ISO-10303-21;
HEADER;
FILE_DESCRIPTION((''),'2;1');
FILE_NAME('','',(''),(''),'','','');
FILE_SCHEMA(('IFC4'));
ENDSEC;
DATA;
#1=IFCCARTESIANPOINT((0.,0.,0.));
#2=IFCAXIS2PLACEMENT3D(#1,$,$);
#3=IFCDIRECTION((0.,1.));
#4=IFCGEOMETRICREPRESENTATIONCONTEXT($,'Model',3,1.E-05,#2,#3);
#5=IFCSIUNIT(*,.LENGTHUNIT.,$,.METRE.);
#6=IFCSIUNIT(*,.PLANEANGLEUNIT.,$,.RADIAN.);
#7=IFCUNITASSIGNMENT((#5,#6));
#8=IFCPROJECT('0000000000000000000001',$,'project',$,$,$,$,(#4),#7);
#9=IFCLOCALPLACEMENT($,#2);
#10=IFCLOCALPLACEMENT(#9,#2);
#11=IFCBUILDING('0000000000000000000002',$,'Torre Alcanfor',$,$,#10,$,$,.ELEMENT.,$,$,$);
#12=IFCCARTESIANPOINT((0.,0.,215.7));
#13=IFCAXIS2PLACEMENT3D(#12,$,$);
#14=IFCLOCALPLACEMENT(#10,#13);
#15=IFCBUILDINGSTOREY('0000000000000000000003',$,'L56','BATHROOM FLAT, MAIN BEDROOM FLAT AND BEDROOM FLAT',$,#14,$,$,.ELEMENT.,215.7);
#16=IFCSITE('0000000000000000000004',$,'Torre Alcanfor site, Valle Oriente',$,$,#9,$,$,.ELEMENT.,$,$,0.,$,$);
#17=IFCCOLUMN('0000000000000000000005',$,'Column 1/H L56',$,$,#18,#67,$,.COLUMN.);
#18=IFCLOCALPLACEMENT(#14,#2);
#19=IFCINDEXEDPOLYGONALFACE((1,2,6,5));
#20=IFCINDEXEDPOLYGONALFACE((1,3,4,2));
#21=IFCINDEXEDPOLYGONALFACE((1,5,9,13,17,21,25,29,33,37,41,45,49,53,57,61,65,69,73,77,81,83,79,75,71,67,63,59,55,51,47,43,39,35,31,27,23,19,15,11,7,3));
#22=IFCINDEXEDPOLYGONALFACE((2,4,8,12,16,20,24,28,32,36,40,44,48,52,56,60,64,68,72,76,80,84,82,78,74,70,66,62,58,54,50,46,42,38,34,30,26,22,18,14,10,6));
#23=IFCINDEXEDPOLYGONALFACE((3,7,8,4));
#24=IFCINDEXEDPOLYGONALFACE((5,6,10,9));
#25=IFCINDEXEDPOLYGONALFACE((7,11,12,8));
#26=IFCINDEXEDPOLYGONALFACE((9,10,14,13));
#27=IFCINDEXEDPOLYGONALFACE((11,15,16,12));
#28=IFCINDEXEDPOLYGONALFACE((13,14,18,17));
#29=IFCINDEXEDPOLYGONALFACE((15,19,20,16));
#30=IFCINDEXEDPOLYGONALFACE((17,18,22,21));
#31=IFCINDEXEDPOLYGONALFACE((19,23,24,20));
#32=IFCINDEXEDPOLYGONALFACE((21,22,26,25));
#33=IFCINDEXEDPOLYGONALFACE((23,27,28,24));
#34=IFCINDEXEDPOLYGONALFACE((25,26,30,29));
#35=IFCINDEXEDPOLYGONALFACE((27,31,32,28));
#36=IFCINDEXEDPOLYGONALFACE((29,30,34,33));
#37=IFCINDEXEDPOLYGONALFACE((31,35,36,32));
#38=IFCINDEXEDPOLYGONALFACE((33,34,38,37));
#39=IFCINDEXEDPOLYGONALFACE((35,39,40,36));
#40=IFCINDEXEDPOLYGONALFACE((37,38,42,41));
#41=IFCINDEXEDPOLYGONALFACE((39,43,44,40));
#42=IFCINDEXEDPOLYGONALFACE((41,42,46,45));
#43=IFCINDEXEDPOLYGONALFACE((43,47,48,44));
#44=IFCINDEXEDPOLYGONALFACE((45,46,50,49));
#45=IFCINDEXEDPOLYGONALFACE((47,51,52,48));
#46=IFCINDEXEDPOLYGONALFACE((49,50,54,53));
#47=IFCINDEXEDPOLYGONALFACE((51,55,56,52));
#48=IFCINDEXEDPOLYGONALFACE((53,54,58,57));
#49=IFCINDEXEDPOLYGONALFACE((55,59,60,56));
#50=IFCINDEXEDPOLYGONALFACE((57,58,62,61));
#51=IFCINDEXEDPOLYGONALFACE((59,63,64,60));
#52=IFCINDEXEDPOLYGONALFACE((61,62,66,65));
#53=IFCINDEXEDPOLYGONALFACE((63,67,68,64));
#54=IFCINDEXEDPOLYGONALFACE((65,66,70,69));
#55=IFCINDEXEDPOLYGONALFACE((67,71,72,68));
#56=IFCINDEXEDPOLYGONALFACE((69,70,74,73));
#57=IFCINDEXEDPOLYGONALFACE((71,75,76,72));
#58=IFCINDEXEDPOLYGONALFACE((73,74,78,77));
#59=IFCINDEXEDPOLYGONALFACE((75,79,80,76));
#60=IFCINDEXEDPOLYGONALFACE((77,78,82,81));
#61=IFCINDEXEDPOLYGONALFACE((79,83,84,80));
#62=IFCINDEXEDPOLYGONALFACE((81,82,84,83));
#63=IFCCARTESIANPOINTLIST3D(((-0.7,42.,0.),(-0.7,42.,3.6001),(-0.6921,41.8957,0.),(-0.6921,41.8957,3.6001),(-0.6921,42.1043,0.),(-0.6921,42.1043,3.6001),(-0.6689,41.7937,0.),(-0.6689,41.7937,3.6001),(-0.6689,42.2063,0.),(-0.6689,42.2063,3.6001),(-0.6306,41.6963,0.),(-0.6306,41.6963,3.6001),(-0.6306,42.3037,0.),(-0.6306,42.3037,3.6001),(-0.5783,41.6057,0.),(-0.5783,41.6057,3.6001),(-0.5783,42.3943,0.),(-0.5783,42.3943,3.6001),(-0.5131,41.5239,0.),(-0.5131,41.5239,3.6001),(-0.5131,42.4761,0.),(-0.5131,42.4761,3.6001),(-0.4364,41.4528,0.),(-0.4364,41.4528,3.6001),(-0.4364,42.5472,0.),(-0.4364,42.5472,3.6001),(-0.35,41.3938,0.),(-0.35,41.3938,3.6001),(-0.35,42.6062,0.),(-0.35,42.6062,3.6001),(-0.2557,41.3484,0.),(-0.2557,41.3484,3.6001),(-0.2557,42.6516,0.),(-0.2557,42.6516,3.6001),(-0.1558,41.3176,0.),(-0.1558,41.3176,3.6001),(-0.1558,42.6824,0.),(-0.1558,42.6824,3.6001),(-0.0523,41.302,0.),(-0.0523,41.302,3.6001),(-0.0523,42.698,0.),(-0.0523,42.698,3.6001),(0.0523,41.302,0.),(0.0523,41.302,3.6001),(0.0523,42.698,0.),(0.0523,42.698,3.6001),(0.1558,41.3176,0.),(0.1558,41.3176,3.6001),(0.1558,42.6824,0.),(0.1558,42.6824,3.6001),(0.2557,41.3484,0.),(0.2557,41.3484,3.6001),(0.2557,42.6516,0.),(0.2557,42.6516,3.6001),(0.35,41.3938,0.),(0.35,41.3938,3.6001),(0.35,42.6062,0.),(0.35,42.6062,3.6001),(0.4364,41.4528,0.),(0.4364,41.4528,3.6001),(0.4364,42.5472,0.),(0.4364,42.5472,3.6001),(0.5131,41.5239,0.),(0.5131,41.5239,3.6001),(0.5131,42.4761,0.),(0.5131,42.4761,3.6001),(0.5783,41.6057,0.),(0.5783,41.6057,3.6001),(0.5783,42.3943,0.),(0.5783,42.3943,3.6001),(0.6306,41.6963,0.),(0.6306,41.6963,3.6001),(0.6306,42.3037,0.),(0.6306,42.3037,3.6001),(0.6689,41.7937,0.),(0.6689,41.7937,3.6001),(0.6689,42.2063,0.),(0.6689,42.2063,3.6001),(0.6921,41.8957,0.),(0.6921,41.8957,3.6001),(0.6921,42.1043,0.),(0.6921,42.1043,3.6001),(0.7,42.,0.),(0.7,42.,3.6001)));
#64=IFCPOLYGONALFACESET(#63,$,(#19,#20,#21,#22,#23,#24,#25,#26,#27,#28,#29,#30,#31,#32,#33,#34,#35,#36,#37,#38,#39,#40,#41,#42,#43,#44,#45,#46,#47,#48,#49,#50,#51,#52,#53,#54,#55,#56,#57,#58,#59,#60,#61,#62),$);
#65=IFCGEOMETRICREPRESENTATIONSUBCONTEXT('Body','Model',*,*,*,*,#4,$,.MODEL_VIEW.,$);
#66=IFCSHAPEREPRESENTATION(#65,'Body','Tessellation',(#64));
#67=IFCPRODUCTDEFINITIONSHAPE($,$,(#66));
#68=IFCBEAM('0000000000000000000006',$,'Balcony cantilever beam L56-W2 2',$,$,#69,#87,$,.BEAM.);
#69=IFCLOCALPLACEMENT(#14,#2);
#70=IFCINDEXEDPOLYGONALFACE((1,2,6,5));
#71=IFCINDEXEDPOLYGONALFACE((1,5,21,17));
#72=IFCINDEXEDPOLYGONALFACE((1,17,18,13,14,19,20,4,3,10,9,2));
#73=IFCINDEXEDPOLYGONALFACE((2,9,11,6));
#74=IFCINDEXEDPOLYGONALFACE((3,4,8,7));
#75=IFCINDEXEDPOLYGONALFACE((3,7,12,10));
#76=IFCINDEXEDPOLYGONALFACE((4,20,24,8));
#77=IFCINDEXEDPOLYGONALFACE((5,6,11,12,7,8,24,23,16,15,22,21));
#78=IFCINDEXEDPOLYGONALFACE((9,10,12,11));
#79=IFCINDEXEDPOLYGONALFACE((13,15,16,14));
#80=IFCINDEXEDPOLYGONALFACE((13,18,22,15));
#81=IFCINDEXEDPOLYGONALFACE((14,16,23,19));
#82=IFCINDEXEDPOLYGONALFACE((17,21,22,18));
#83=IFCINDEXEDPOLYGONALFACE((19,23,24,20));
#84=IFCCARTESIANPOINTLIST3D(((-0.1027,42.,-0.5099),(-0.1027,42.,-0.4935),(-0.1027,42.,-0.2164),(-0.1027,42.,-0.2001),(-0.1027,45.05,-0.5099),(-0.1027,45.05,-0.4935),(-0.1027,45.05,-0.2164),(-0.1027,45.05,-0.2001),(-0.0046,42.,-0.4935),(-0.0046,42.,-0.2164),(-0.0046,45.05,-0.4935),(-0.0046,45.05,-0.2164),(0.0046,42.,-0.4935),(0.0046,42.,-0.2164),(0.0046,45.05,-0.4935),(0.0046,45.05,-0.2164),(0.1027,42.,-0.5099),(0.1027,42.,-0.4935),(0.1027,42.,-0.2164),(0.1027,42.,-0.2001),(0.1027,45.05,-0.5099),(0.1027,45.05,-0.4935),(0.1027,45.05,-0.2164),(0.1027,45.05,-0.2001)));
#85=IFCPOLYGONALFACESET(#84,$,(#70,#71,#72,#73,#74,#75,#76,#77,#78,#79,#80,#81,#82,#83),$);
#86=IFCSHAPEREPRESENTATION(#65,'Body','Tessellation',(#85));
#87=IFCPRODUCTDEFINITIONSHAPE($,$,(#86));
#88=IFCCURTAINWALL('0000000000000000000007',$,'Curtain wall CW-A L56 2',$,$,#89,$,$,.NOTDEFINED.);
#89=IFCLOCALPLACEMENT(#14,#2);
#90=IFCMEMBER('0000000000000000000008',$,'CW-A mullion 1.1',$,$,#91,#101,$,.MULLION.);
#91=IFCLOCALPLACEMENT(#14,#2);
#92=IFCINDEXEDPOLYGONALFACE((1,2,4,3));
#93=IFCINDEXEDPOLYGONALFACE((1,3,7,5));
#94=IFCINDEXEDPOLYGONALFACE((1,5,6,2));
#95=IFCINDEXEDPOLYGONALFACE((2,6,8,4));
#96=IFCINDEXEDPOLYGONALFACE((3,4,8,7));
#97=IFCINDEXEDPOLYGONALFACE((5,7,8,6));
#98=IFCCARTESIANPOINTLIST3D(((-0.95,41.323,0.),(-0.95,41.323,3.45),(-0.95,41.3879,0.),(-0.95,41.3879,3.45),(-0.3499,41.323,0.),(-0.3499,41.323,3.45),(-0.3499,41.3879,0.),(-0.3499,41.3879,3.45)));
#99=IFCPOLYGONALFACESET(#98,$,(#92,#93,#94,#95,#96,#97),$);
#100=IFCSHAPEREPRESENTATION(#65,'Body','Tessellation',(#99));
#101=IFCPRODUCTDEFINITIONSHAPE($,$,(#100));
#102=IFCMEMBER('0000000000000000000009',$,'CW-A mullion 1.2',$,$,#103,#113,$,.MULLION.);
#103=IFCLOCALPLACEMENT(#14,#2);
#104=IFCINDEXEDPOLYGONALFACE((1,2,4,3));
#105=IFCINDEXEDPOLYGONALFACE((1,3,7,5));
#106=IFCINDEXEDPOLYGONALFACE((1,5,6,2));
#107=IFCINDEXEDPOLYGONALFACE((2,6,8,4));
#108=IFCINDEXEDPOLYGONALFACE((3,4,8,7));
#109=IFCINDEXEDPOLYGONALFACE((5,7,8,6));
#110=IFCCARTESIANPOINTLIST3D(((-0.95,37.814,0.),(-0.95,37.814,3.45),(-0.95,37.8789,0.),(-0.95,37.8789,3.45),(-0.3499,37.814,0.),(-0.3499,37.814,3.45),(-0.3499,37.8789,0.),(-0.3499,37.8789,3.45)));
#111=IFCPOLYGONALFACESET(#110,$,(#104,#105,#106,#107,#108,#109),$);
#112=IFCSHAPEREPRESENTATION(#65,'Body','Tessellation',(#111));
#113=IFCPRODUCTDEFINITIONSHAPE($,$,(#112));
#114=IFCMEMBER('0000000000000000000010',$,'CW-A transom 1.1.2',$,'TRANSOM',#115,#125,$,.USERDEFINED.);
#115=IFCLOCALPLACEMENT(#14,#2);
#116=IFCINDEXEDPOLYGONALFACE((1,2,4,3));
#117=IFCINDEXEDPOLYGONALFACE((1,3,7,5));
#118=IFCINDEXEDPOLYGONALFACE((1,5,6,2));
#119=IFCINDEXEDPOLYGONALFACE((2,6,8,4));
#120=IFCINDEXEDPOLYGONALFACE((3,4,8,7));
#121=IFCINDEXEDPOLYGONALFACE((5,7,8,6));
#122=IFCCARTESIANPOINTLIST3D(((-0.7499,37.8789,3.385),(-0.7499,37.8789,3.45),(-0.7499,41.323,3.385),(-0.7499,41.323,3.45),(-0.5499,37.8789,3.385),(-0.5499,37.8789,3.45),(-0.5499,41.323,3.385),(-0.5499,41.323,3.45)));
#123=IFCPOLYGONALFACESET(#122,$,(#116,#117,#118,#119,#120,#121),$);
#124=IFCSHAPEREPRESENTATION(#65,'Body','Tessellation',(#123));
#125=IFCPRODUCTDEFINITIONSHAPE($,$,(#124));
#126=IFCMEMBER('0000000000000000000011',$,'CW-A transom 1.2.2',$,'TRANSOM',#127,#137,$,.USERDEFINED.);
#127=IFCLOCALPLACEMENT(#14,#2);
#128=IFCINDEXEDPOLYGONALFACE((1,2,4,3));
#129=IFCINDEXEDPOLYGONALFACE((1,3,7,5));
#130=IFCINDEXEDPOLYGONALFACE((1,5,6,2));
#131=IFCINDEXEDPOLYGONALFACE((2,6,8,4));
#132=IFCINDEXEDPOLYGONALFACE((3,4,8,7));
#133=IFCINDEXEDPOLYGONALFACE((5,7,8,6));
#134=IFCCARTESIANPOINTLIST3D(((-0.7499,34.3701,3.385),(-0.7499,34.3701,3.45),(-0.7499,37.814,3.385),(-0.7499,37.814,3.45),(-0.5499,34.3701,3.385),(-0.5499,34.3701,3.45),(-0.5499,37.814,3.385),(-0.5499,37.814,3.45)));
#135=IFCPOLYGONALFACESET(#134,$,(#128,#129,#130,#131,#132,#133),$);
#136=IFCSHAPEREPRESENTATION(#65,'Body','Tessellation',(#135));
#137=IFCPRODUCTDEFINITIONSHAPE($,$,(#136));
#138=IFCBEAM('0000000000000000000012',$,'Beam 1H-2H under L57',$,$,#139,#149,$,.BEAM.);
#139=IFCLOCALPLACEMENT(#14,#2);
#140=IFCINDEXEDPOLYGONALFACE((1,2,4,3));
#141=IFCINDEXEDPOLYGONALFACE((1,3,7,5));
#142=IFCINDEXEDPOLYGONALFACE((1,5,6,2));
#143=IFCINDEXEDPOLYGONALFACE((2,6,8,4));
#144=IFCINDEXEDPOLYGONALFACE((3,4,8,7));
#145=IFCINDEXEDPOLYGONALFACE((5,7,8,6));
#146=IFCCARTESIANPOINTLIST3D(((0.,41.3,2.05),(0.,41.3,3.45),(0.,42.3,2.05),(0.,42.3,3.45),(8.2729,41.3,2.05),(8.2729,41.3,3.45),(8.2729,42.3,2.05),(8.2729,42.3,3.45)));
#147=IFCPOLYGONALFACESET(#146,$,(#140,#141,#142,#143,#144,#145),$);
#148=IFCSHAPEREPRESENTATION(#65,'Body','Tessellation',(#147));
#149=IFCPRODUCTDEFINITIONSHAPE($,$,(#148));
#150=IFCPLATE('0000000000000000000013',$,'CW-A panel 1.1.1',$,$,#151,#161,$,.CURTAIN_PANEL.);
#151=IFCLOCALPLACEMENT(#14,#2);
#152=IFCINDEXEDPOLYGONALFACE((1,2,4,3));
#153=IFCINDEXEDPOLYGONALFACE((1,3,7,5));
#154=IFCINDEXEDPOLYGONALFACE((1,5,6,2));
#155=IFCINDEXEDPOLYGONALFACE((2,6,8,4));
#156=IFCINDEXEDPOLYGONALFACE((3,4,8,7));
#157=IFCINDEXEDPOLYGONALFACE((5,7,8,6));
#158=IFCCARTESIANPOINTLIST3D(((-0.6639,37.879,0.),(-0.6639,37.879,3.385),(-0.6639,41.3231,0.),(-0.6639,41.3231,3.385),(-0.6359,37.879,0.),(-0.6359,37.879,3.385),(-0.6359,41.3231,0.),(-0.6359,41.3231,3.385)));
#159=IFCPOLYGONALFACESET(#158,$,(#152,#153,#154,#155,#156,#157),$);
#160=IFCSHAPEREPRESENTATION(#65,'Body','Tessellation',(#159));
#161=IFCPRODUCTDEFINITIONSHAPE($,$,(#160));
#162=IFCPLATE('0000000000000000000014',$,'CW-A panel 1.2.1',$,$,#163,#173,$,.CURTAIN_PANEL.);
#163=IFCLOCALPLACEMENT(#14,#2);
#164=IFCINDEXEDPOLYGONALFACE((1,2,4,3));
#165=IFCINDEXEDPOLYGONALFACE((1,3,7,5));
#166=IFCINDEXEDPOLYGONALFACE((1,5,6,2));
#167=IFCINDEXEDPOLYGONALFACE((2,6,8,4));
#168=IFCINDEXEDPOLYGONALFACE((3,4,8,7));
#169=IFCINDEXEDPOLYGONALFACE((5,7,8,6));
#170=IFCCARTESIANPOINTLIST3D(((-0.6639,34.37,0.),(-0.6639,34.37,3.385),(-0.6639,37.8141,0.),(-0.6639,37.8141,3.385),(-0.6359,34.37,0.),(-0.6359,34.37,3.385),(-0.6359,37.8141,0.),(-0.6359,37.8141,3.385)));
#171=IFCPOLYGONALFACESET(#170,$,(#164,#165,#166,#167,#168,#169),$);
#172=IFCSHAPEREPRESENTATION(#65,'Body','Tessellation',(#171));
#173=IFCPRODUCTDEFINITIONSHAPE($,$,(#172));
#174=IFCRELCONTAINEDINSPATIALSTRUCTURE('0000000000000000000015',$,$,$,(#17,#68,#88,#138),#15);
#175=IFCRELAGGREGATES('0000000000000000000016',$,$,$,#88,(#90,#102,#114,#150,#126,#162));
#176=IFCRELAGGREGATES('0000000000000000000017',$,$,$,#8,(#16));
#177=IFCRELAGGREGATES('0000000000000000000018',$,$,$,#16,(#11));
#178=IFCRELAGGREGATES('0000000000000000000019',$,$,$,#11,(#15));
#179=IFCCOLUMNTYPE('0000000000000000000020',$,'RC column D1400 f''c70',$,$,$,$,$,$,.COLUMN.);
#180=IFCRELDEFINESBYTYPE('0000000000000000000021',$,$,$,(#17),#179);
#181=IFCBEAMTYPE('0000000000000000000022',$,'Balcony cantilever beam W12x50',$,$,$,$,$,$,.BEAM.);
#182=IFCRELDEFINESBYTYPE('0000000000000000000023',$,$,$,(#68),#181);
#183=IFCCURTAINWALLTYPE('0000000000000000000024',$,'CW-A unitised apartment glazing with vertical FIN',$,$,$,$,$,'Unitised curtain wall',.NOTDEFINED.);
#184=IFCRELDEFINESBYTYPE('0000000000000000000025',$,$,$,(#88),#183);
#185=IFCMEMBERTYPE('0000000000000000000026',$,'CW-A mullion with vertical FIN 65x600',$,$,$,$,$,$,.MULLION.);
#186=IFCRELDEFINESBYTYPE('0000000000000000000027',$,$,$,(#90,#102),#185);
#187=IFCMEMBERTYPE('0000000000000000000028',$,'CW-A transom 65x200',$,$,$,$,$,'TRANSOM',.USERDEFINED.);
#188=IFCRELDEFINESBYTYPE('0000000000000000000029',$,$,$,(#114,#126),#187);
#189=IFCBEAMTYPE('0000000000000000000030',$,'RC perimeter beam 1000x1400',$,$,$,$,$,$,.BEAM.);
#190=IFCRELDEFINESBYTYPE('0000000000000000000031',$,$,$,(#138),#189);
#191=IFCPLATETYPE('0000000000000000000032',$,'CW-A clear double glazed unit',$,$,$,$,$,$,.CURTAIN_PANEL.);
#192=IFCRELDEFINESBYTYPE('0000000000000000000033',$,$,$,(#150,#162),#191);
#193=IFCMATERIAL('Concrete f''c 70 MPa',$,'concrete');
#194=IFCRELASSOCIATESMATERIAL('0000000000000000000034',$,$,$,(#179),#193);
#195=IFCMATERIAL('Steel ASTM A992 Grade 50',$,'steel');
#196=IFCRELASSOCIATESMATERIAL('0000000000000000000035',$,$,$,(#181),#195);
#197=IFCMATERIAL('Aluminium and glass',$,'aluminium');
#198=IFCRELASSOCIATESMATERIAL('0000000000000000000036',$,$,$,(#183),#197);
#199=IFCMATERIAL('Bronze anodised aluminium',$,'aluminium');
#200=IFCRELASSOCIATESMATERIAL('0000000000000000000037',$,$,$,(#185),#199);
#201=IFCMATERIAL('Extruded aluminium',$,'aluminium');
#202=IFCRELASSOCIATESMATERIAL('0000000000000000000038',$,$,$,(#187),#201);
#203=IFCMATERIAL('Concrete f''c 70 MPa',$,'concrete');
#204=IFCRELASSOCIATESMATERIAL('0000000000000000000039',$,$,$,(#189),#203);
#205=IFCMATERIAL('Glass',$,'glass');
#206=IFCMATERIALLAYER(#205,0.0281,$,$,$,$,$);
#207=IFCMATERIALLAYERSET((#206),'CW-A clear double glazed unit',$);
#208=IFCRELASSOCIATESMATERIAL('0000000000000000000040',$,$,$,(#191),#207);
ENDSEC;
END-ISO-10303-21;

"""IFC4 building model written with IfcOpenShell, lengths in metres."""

from ifc_helpers import new_model, si_unit, direction, frame, origin, origin_2d, place, context, subcontext, project, spatial, rectangle, circle, i_section, extrude, material, layer, layer_set, material_profile, profile_set, type_object, element, aggregate, save


model = new_model("IFC4")

# Units and contexts
model_context = context("Model", 3, precision=1e-05, world=origin(), true_north=direction((0.0, 1.0)))
body_context = subcontext(model_context, "Body", "Model", "MODEL_VIEW")
ifc_project = project(units=[si_unit("LENGTHUNIT", "METRE"), si_unit("PLANEANGLEUNIT", "RADIAN")], contexts=[model_context])

# Site, building, storey
site_placement = place(None, origin())
site = spatial("IfcSite", under=ifc_project, at=site_placement, Name="Torre Alcanfor site, Valle Oriente", CompositionType="ELEMENT", RefElevation=0.0)
building_placement = place(site_placement, origin())
building = spatial("IfcBuilding", under=site, at=building_placement, Name="Torre Alcanfor", CompositionType="ELEMENT")
storey_placement = place(building_placement, frame((0.0, 0.0, 215.7)))
storey = spatial("IfcBuildingStorey", under=building, at=storey_placement, Name="L56", Description="BATHROOM FLAT, MAIN BEDROOM FLAT AND BEDROOM FLAT", CompositionType="ELEMENT", Elevation=215.7)

# Column
ifc_material_1 = material(Name="Concrete f'c 70 MPa", Category="concrete")
ifc_material_profile_1 = material_profile(ifc_material_1, circle(Radius=0.7, at=origin_2d()), Name="D1400")
ifc_profile_set_1 = profile_set([ifc_material_profile_1], Name="Concrete f'c 70 MPa")
column_type = type_object("IfcColumnType", Name="RC column D1400 f'c70", PredefinedType="COLUMN", material=ifc_profile_set_1)
column_placement = place(storey_placement, frame((0.0, 42.0, 0.0), z_axis=(0.0, 0.0, 1.0), x_axis=(1.0, 0.0, 0.0)))
element("IfcColumn", 1, at=column_placement, inside=storey, type_object=column_type, Name="Column 1/H L56", PredefinedType="COLUMN", context=body_context, shape_type="SweptSolid", body=[
    extrude(circle(Radius=0.7, at=origin_2d()), origin(), (0.0, 0.0, 1.0), 3.6001),
])

# Beam
ifc_material_2 = material(Name="Steel ASTM A992 Grade 50", Category="steel")
ifc_material_profile_2 = material_profile(ifc_material_2, i_section(OverallWidth=0.2053, OverallDepth=0.3098, WebThickness=0.0093, FlangeThickness=0.0164, at=origin_2d()), Name="W12x50")
ifc_profile_set_2 = profile_set([ifc_material_profile_2], Name="Steel ASTM A992 Grade 50")
beam_type_1 = type_object("IfcBeamType", Name="Balcony cantilever beam W12x50", PredefinedType="BEAM", material=ifc_profile_set_2)
beam_1_placement = place(storey_placement, frame((0.0, 42.0, -0.355), z_axis=(0.0, 1.0, 0.0), x_axis=(-1.0, 0.0, 0.0)))
element("IfcBeam", 2, at=beam_1_placement, inside=storey, type_object=beam_type_1, Name="Balcony cantilever beam L56-W2 2", PredefinedType="BEAM", context=body_context, shape_type="SweptSolid", body=[
    extrude(i_section(OverallWidth=0.2053, OverallDepth=0.3098, WebThickness=0.0093, FlangeThickness=0.0164, at=origin_2d()), origin(), (0.0, 0.0, 1.0), 3.05),
])

# Curtain wall, members
ifc_material_3 = material(Name="Aluminium and glass", Category="aluminium")
curtain_wall_type = type_object("IfcCurtainWallType", Name="CW-A unitised apartment glazing with vertical FIN", ElementType="Unitised curtain wall", PredefinedType="NOTDEFINED", material=ifc_material_3)
curtain_wall_placement = place(storey_placement, origin())
curtain_wall = element("IfcCurtainWall", 3, at=curtain_wall_placement, inside=storey, type_object=curtain_wall_type, Name="Curtain wall CW-A L56 2", PredefinedType="NOTDEFINED")
ifc_material_4 = material(Name="Bronze anodised aluminium", Category="aluminium")
ifc_material_profile_3 = material_profile(ifc_material_4, rectangle(XDim=0.6001, YDim=0.0649, at=origin_2d()), Name="CW-A mullion 65x600")
ifc_profile_set_3 = profile_set([ifc_material_profile_3], Name="Bronze anodised aluminium")
member_type_1 = type_object("IfcMemberType", Name="CW-A mullion with vertical FIN 65x600", PredefinedType="MULLION", material=ifc_profile_set_3)
member_1_placement = place(storey_placement, frame((-0.6499, 41.3555, 0.0), z_axis=(0.0, 0.0, 1.0), x_axis=(1.0, 0.0, 0.0)))
member_1 = element("IfcMember", 4, at=member_1_placement, type_object=member_type_1, Name="CW-A mullion 1.1", PredefinedType="MULLION", context=body_context, shape_type="SweptSolid", body=[
    extrude(rectangle(XDim=0.6001, YDim=0.0649, at=origin_2d()), origin(), (0.0, 0.0, 1.0), 3.45),
])
member_2_placement = place(storey_placement, frame((-0.6499, 37.8464, 0.0), z_axis=(0.0, 0.0, 1.0), x_axis=(1.0, 0.0, 0.0)))
member_2 = element("IfcMember", 5, at=member_2_placement, type_object=member_type_1, Name="CW-A mullion 1.2", PredefinedType="MULLION", context=body_context, shape_type="SweptSolid", body=[
    extrude(rectangle(XDim=0.6001, YDim=0.0649, at=origin_2d()), origin(), (0.0, 0.0, 1.0), 3.45),
])
ifc_material_5 = material(Name="Extruded aluminium", Category="aluminium")
ifc_material_profile_4 = material_profile(ifc_material_5, rectangle(XDim=0.2, YDim=0.0649, at=origin_2d()), Name="CW-A transom 200x65")
ifc_profile_set_4 = profile_set([ifc_material_profile_4], Name="Extruded aluminium")
member_type_2 = type_object("IfcMemberType", Name="CW-A transom 65x200", ElementType="TRANSOM", PredefinedType="USERDEFINED", material=ifc_profile_set_4)
member_3_placement = place(storey_placement, frame((-0.6499, 41.323, 3.4175), z_axis=(0.0, -1.0, 0.0), x_axis=(1.0, 0.0, 0.0)))
member_3 = element("IfcMember", 6, at=member_3_placement, type_object=member_type_2, Name="CW-A transom 1.1.2", ObjectType="TRANSOM", PredefinedType="USERDEFINED", context=body_context, shape_type="SweptSolid", body=[
    extrude(rectangle(XDim=0.2, YDim=0.0649, at=origin_2d()), origin(), (0.0, 0.0, 1.0), 3.4441),
])
member_4_placement = place(storey_placement, frame((-0.6499, 37.814, 3.4175), z_axis=(0.0, -1.0, 0.0), x_axis=(1.0, 0.0, 0.0)))
member_4 = element("IfcMember", 7, at=member_4_placement, type_object=member_type_2, Name="CW-A transom 1.2.2", ObjectType="TRANSOM", PredefinedType="USERDEFINED", context=body_context, shape_type="SweptSolid", body=[
    extrude(rectangle(XDim=0.2, YDim=0.0649, at=origin_2d()), origin(), (0.0, 0.0, 1.0), 3.4438),
])

# Beam
ifc_material_6 = material(Name="Concrete f'c 70 MPa", Category="concrete")
ifc_material_profile_5 = material_profile(ifc_material_6, rectangle(XDim=1.0, YDim=1.3999, at=origin_2d()), Name="1000x1400")
ifc_profile_set_5 = profile_set([ifc_material_profile_5], Name="Concrete f'c 70 MPa")
beam_type_2 = type_object("IfcBeamType", Name="RC perimeter beam 1000x1400", PredefinedType="BEAM", material=ifc_profile_set_5)
beam_2_placement = place(storey_placement, frame((0.0, 41.8, 2.75), z_axis=(1.0, 0.0, 0.0), x_axis=(0.0, 1.0, 0.0)))
element("IfcBeam", 8, at=beam_2_placement, inside=storey, type_object=beam_type_2, Name="Beam 1H-2H under L57", PredefinedType="BEAM", context=body_context, shape_type="SweptSolid", body=[
    extrude(rectangle(XDim=1.0, YDim=1.3999, at=origin_2d()), origin(), (0.0, 0.0, 1.0), 8.2729),
])

# Plates
ifc_material_7 = material(Name="Glass", Category="glass")
ifc_layer_1 = layer(ifc_material_7, 0.0281)
ifc_layer_set_1 = layer_set([ifc_layer_1], Name="CW-A clear double glazed unit")
plate_type = type_object("IfcPlateType", Name="CW-A clear double glazed unit", PredefinedType="CURTAIN_PANEL", material=ifc_layer_set_1)
plate_1_placement = place(storey_placement, frame((-0.6499, 39.6011, 0.0), z_axis=(0.0, 0.0, 1.0), x_axis=(0.0, -1.0, 0.0)))
plate_1 = element("IfcPlate", 9, at=plate_1_placement, type_object=plate_type, Name="CW-A panel 1.1.1", PredefinedType="CURTAIN_PANEL", context=body_context, shape_type="SweptSolid", body=[
    extrude(rectangle(XDim=3.4441, YDim=0.0281, at=origin_2d()), origin(), (0.0, 0.0, 1.0), 3.385),
])
plate_2_placement = place(storey_placement, frame((-0.6499, 36.092, 0.0), z_axis=(0.0, 0.0, 1.0), x_axis=(0.0, -1.0, 0.0)))
plate_2 = element("IfcPlate", 10, at=plate_2_placement, type_object=plate_type, Name="CW-A panel 1.2.1", PredefinedType="CURTAIN_PANEL", context=body_context, shape_type="SweptSolid", body=[
    extrude(rectangle(XDim=3.4441, YDim=0.0281, at=origin_2d()), origin(), (0.0, 0.0, 1.0), 3.385),
])
aggregate(curtain_wall, [member_1, member_2, member_3, plate_1, member_4, plate_2])

save(model, "model.ifc")
